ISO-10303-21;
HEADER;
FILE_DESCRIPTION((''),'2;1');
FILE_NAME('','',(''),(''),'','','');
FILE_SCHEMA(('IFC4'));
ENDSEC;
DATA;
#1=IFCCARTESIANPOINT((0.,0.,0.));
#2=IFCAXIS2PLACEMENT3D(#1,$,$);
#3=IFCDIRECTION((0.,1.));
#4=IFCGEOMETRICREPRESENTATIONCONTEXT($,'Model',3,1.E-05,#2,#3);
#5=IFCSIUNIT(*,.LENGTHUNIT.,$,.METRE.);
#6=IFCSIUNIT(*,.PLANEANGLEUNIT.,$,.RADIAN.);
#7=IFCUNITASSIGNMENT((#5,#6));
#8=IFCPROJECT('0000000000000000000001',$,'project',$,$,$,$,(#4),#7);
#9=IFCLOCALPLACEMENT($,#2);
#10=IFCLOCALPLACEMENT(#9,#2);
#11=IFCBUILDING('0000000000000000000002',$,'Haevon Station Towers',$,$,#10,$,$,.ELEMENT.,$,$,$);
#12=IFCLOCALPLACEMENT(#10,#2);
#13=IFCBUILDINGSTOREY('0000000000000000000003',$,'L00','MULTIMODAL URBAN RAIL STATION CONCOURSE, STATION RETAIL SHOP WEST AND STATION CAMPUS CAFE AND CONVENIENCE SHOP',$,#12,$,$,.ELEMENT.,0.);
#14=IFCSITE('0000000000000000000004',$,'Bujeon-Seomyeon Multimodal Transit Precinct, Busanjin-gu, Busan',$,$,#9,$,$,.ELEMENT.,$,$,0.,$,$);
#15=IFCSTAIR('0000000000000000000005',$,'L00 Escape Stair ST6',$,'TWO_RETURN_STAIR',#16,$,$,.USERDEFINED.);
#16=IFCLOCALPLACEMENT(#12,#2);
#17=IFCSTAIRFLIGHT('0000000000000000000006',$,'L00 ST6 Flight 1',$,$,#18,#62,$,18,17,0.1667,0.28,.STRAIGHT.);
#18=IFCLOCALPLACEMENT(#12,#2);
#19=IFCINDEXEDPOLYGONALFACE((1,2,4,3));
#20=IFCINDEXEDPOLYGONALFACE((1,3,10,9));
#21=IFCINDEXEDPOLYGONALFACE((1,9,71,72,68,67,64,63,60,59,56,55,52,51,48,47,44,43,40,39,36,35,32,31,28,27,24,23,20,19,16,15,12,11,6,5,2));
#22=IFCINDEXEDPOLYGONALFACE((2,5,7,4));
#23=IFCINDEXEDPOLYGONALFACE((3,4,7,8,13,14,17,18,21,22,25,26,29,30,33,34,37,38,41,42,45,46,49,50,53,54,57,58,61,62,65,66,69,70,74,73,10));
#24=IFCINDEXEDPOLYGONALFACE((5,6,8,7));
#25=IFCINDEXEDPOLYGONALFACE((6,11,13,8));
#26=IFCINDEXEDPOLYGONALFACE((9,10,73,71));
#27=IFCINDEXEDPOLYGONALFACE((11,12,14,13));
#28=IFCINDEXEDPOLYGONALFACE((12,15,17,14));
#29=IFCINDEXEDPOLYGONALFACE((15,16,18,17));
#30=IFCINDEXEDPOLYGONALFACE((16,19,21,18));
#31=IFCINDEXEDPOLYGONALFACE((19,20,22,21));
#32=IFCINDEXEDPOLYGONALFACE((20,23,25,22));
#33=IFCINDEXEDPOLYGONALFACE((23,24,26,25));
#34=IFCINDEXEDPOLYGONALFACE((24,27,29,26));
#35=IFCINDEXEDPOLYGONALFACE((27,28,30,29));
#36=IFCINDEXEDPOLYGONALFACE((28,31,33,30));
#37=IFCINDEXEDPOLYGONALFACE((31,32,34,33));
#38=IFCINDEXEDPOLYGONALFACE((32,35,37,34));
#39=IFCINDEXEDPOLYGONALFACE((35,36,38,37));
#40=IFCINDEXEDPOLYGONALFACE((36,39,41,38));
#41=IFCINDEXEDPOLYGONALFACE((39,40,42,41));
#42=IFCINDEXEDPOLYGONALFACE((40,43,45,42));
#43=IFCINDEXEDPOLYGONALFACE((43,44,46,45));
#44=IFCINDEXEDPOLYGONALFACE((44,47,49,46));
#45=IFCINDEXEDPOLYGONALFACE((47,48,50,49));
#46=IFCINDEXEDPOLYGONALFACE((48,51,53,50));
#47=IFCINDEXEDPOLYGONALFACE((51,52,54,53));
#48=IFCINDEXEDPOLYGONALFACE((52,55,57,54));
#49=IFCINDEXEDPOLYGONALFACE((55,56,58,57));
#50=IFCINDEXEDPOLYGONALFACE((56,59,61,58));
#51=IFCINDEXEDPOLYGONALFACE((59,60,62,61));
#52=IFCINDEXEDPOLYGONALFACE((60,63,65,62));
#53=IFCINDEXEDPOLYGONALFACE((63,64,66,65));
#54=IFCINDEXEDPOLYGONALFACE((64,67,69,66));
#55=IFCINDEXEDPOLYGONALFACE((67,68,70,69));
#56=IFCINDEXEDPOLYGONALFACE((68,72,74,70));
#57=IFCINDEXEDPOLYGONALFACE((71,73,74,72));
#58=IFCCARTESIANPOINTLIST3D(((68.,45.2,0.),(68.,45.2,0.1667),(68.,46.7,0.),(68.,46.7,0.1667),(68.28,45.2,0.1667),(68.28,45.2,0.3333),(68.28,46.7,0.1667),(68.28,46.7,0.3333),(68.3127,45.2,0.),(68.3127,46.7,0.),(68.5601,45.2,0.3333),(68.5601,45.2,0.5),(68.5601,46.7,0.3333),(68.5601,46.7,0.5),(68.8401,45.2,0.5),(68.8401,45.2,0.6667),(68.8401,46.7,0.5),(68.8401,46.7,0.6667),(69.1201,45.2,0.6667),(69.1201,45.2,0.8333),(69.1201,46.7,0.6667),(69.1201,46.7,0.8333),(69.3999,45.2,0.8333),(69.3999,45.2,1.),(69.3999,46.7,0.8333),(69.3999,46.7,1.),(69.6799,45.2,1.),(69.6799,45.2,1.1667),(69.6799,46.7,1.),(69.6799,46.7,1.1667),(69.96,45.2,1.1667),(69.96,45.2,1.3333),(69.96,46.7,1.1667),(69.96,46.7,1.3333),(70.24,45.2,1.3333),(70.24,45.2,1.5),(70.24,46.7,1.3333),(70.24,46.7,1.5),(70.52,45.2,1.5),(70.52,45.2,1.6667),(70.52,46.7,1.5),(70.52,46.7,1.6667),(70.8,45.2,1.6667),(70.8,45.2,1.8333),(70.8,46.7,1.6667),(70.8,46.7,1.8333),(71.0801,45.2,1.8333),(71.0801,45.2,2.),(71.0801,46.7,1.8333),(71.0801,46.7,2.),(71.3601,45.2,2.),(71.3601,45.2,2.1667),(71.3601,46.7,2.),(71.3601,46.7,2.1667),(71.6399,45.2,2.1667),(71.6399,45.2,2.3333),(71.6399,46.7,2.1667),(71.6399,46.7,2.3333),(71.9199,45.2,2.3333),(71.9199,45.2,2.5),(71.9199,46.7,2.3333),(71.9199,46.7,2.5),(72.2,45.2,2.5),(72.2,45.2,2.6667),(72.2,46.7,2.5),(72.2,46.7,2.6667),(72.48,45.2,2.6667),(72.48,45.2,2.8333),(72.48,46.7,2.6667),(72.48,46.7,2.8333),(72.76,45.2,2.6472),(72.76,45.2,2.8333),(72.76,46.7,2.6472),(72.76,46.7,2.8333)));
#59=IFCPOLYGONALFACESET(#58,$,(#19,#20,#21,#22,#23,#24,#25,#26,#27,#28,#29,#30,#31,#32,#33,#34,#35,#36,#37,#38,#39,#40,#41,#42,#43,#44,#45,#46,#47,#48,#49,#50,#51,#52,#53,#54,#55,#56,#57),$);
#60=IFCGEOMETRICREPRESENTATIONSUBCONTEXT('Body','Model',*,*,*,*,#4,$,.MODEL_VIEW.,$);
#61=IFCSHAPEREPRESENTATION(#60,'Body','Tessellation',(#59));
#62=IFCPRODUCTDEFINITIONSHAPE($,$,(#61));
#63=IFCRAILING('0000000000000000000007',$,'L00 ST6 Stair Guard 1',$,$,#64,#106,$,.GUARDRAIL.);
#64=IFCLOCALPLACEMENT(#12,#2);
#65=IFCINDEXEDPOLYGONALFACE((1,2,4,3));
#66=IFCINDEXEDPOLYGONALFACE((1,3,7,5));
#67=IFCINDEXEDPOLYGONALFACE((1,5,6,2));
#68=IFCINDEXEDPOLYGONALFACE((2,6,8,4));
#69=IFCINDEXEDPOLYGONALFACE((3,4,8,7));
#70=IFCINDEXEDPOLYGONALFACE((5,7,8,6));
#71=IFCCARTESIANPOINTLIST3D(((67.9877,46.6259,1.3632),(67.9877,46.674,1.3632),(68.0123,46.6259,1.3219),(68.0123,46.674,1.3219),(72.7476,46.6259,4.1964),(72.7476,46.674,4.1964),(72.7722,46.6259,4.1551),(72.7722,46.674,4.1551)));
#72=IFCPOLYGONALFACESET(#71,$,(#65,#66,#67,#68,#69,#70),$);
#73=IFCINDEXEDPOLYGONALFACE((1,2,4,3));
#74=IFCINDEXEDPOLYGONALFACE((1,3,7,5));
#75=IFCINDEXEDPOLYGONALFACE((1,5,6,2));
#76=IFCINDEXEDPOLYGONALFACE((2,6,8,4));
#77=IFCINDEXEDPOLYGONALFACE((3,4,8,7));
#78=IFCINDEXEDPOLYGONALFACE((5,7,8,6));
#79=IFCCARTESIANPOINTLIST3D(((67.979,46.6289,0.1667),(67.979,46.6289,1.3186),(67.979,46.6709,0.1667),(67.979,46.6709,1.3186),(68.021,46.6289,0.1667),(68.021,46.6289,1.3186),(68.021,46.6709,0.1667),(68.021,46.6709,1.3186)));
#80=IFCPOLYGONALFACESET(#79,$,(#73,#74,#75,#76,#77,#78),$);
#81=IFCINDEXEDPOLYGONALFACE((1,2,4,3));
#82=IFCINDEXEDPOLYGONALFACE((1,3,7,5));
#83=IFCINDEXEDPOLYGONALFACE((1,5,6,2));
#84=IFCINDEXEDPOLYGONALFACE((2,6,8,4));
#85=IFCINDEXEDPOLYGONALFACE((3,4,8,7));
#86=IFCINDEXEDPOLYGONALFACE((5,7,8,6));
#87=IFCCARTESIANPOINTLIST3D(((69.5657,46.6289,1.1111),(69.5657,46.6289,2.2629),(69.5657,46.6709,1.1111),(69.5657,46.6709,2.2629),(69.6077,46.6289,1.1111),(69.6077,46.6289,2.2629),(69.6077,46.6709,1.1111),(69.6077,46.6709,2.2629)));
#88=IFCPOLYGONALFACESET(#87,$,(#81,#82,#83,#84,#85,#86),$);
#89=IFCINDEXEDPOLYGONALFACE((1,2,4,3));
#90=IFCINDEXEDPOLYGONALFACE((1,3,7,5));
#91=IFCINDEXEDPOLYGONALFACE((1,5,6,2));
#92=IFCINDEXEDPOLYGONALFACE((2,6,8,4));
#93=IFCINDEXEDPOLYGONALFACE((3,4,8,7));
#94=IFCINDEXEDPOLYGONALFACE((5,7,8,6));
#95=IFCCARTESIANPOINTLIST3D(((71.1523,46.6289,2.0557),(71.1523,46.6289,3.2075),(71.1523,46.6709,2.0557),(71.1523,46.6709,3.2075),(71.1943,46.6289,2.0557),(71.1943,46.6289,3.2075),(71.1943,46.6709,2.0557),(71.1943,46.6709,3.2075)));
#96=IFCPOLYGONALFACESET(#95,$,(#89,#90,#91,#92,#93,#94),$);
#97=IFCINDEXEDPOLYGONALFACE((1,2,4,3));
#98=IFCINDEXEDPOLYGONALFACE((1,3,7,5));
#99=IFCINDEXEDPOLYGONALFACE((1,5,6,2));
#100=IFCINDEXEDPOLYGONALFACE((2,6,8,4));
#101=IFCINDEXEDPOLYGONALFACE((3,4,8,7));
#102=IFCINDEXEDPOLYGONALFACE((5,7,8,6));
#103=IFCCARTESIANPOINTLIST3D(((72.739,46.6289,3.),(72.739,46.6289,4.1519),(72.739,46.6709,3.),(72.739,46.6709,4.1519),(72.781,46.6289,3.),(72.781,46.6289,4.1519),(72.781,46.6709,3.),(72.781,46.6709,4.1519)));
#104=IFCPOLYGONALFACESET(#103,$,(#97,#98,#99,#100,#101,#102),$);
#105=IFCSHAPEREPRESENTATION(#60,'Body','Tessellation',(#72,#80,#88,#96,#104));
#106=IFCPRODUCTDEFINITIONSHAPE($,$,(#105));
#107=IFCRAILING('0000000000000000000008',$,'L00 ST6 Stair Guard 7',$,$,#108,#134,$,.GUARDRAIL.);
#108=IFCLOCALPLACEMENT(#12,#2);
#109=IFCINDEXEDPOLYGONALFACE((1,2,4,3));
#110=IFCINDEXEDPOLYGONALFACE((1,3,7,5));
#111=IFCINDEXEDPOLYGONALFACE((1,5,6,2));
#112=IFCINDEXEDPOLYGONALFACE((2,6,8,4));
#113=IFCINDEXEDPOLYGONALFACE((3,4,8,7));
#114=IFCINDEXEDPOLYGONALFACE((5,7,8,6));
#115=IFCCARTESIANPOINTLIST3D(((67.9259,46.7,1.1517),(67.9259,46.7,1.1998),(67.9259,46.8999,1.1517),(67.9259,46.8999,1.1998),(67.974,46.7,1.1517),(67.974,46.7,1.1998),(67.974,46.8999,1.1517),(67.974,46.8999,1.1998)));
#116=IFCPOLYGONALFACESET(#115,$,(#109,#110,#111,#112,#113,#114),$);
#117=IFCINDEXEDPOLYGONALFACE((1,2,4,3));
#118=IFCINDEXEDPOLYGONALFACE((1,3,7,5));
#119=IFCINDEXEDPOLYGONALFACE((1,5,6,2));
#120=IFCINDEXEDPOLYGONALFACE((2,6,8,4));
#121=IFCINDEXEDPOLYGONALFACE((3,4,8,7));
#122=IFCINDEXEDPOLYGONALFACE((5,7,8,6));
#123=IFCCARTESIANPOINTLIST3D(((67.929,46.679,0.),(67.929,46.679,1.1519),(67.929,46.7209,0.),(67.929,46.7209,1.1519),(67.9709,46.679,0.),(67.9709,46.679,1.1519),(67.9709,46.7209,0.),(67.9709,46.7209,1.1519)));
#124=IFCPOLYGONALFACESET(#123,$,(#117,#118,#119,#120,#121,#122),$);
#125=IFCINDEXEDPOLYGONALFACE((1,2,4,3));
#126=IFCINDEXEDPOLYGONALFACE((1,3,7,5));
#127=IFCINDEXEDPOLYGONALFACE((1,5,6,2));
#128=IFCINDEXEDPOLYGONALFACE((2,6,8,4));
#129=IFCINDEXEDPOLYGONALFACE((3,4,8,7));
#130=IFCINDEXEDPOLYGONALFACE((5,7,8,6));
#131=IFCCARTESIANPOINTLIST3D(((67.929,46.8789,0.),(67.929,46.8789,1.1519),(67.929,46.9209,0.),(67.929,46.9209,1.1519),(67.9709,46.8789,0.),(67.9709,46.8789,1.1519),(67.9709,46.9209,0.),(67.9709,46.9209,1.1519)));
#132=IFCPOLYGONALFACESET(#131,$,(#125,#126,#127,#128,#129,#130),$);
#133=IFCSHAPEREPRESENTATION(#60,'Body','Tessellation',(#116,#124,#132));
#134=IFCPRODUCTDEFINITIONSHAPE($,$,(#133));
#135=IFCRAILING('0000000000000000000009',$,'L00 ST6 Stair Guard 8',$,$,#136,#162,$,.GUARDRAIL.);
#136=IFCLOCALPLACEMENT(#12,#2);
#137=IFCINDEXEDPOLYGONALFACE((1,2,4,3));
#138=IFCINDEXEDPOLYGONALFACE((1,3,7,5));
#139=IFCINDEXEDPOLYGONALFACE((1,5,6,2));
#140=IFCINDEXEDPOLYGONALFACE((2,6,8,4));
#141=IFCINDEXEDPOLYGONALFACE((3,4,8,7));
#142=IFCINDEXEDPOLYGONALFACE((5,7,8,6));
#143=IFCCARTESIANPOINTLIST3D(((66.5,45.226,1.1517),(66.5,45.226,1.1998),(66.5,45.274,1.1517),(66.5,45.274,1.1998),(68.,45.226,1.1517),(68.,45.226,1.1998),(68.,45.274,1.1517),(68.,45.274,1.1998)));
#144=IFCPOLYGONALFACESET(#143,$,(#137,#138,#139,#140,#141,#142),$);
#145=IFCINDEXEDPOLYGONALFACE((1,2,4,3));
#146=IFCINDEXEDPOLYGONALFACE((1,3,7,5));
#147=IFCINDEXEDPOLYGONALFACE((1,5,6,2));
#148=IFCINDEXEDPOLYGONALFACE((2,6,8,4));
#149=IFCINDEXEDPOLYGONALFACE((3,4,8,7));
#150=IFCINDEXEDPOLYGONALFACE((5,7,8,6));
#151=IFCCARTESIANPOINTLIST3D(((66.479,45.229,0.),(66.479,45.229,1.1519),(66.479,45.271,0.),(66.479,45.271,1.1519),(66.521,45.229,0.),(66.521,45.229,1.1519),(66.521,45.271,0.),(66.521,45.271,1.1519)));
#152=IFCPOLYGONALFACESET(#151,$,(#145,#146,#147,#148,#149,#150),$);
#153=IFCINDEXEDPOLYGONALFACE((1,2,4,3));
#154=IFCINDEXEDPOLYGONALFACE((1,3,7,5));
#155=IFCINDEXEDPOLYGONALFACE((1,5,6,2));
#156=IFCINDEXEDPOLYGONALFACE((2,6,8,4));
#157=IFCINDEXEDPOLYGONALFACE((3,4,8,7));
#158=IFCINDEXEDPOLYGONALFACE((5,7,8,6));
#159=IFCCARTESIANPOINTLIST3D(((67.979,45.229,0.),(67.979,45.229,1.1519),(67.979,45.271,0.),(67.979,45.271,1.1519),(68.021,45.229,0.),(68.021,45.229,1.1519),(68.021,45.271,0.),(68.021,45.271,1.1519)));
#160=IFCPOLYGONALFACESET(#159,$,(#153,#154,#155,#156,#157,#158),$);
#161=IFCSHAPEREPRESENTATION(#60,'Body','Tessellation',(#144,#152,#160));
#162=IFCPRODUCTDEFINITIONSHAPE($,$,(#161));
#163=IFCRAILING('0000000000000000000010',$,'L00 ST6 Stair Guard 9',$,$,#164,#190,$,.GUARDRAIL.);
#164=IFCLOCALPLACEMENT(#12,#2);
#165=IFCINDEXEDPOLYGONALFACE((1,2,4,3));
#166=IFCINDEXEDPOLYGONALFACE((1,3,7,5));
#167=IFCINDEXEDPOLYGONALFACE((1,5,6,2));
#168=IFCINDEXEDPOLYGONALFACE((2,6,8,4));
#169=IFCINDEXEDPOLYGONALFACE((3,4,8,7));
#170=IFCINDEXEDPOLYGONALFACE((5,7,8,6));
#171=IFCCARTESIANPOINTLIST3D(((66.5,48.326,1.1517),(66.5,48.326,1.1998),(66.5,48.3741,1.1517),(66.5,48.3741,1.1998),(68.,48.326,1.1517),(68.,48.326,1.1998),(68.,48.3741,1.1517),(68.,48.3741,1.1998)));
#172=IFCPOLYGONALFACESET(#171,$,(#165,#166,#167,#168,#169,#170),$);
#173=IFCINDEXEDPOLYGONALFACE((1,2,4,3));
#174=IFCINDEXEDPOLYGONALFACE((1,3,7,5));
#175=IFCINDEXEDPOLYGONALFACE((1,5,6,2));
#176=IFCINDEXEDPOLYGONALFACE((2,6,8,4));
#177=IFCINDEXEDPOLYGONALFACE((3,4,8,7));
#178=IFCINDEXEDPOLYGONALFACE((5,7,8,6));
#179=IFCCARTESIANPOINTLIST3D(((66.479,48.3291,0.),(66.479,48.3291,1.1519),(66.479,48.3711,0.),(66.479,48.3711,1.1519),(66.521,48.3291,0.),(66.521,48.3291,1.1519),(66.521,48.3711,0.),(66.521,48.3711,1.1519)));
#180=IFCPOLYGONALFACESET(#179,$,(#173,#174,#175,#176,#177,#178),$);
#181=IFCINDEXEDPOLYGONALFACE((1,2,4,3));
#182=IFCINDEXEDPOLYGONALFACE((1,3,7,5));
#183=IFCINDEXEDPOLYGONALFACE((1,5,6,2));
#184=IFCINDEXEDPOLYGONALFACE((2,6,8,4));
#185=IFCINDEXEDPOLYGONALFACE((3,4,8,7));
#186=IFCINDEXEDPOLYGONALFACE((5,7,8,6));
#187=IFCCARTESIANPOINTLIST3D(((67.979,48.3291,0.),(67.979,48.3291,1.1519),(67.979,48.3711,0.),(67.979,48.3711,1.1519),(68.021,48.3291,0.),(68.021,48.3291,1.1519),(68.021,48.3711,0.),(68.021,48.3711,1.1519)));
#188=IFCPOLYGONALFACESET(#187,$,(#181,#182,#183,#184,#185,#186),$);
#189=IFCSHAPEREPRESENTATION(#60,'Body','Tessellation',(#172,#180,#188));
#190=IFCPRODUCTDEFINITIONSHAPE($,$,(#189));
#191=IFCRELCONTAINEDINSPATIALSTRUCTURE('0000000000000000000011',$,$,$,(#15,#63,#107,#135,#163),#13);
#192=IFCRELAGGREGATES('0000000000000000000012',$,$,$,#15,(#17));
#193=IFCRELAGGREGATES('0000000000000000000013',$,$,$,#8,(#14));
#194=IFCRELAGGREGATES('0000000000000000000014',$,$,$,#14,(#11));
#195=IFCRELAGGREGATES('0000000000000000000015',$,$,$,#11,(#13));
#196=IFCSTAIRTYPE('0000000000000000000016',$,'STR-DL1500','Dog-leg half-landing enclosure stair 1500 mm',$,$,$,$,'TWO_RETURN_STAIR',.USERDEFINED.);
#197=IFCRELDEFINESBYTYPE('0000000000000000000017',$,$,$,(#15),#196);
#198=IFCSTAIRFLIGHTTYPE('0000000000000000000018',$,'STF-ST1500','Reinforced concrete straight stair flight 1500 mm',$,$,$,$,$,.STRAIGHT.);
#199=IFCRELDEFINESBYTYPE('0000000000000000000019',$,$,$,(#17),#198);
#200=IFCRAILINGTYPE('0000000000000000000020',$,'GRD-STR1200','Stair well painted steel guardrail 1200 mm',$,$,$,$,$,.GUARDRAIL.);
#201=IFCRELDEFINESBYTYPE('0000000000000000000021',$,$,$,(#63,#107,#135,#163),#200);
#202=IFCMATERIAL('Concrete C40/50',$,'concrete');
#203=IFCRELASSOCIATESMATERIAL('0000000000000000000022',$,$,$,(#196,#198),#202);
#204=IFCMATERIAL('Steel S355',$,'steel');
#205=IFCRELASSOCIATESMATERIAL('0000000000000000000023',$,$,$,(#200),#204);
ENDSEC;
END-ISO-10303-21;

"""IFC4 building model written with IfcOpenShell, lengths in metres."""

from ifc_helpers import new_model, si_unit, direction, frame, origin, origin_2d, place, context, subcontext, project, spatial, polyline, rectangle, outline, extrude, material, type_object, element, aggregate, save


model = new_model("IFC4")

# Units and contexts
model_context = context("Model", 3, precision=1e-05, world=origin(), true_north=direction((0.0, 1.0)))
body_context = subcontext(model_context, "Body", "Model", "MODEL_VIEW")
ifc_project = project(units=[si_unit("LENGTHUNIT", "METRE"), si_unit("PLANEANGLEUNIT", "RADIAN")], contexts=[model_context])

# Site, building, storey
site_placement = place(None, origin())
site = spatial("IfcSite", under=ifc_project, at=site_placement, Name="Bujeon-Seomyeon Multimodal Transit Precinct, Busanjin-gu, Busan", CompositionType="ELEMENT", RefElevation=0.0)
building_placement = place(site_placement, origin())
building = spatial("IfcBuilding", under=site, at=building_placement, Name="Haevon Station Towers", CompositionType="ELEMENT")
storey_placement = place(building_placement, origin())
storey = spatial("IfcBuildingStorey", under=building, at=storey_placement, Name="L00", Description="MULTIMODAL URBAN RAIL STATION CONCOURSE, STATION RETAIL SHOP WEST AND STATION CAMPUS CAFE AND CONVENIENCE SHOP", CompositionType="ELEMENT", Elevation=0.0)

# Shared definitions
ifc_material_1 = material(Name="Concrete C40/50", Category="concrete")

# Stair, stair flight
stair_type = type_object("IfcStairType", Name="STR-DL1500", Description="Dog-leg half-landing enclosure stair 1500 mm", ElementType="TWO_RETURN_STAIR", PredefinedType="USERDEFINED", material=ifc_material_1)
stair_placement = place(storey_placement, origin())
stair = element("IfcStair", 1, at=stair_placement, inside=storey, type_object=stair_type, Name="L00 Escape Stair ST6", ObjectType="TWO_RETURN_STAIR", PredefinedType="USERDEFINED")
stair_flight_type = type_object("IfcStairFlightType", Name="STF-ST1500", Description="Reinforced concrete straight stair flight 1500 mm", PredefinedType="STRAIGHT", material=ifc_material_1)
stair_flight_placement = place(storey_placement, frame((68.0, 45.95, 0.0), z_axis=(0.0, 0.0, 1.0), x_axis=(1.0, 0.0, 0.0)))
stair_flight = element("IfcStairFlight", 2, at=stair_flight_placement, type_object=stair_flight_type, Name="L00 ST6 Flight 1", NumberOfRisers=18, NumberOfTreads=17, PredefinedType="STRAIGHT", RiserHeight=0.1667, TreadLength=0.28, context=body_context, shape_type="SweptSolid", body=[
    extrude(outline(polyline([(0.0, 0.0), (0.0, 0.1667), (0.28, 0.1667), (0.28, 0.3333), (0.5601, 0.3333), (0.5601, 0.5), (0.8401, 0.5), (0.8401, 0.6667), (1.1201, 0.6667), (1.1201, 0.8333), (1.3999, 0.8333), (1.3999, 1.0), (1.6799, 1.0), (1.6799, 1.1667), (1.96, 1.1667), (1.96, 1.3333), (2.24, 1.3333), (2.24, 1.5), (2.52, 1.5), (2.52, 1.6667), (2.8, 1.6667), (2.8, 1.8333), (3.0801, 1.8333), (3.0801, 2.0), (3.3601, 2.0), (3.3601, 2.1667), (3.6399, 2.1667), (3.6399, 2.3333), (3.9199, 2.3333), (3.9199, 2.5), (4.2, 2.5), (4.2, 2.6667), (4.48, 2.6667), (4.48, 2.8333), (4.76, 2.8333), (4.76, 3.0), (4.76, 2.6472), (0.3127, 0.0), (0.0, 0.0)])), frame((0.0, 0.75, 0.0), z_axis=(0.0, -1.0, 0.0), x_axis=(1.0, 0.0, 0.0)), (0.0, 0.0, 1.0), 1.5),
])
aggregate(stair, [stair_flight])

# Railings
ifc_material_2 = material(Name="Steel S355", Category="steel")
railing_type_1 = type_object("IfcRailingType", Name="GRD-STR1200", Description="Stair well painted steel guardrail 1200 mm", PredefinedType="GUARDRAIL", material=ifc_material_2)
railing_1_placement = place(storey_placement, frame((68.0, 46.6499, 0.1667)))
element("IfcRailing", 3, at=railing_1_placement, inside=storey, type_object=railing_type_1, Name="L00 ST6 Stair Guard 1", PredefinedType="GUARDRAIL", context=body_context, shape_type="SweptSolid", body=[
    extrude(rectangle(XDim=0.0481, YDim=0.0481, at=origin_2d()), frame((0.0, 0.0, 1.1758), z_axis=(0.8593, 0.0, 0.511472), x_axis=(0.0, 1.0, 0.0)), (0.0, 0.0, 1.0), 5.5393),
    extrude(rectangle(XDim=0.042, YDim=0.042, at=origin_2d()), origin(), (0.0, 0.0, 1.0), 1.1519),
    extrude(rectangle(XDim=0.042, YDim=0.042, at=origin_2d()), frame((1.5867, 0.0, 0.9443)), (0.0, 0.0, 1.0), 1.1519),
    extrude(rectangle(XDim=0.042, YDim=0.042, at=origin_2d()), frame((3.1733, 0.0, 1.8889)), (0.0, 0.0, 1.0), 1.1519),
    extrude(rectangle(XDim=0.042, YDim=0.042, at=origin_2d()), frame((4.76, 0.0, 2.8333)), (0.0, 0.0, 1.0), 1.1519),
])
railing_2_placement = place(storey_placement, frame((67.95, 46.7, 0.0)))
element("IfcRailing", 4, at=railing_2_placement, inside=storey, type_object=railing_type_1, Name="L00 ST6 Stair Guard 7", PredefinedType="GUARDRAIL", context=body_context, shape_type="SweptSolid", body=[
    extrude(rectangle(XDim=0.0481, YDim=0.0481, at=origin_2d()), frame((0.0, 0.0, 1.1758), z_axis=(0.0, 1.0, 0.0), x_axis=(-1.0, 0.0, 0.0)), (0.0, 0.0, 1.0), 0.2),
    extrude(rectangle(XDim=0.042, YDim=0.042, at=origin_2d()), origin(), (0.0, 0.0, 1.0), 1.1519),
    extrude(rectangle(XDim=0.042, YDim=0.042, at=origin_2d()), frame((0.0, 0.2, 0.0)), (0.0, 0.0, 1.0), 1.1519),
])
for number, where, name in (
    (5, (66.5, 45.25, 0.0), "L00 ST6 Stair Guard 8"),
    (6, (66.5, 48.3501, 0.0), "L00 ST6 Stair Guard 9"),
):
    element("IfcRailing", number, at=place(storey_placement, frame(where)), inside=storey, type_object=railing_type_1, Name=name, PredefinedType="GUARDRAIL", context=body_context, shape_type="SweptSolid", body=[
        extrude(rectangle(XDim=0.0481, YDim=0.0481, at=origin_2d()), frame((0.0, 0.0, 1.1758), z_axis=(1.0, 0.0, 0.0), x_axis=(0.0, 1.0, 0.0)), (0.0, 0.0, 1.0), 1.5),
        extrude(rectangle(XDim=0.042, YDim=0.042, at=origin_2d()), origin(), (0.0, 0.0, 1.0), 1.1519),
        extrude(rectangle(XDim=0.042, YDim=0.042, at=origin_2d()), frame((1.5, 0.0, 0.0)), (0.0, 0.0, 1.0), 1.1519),
    ])

save(model, "model.ifc")
